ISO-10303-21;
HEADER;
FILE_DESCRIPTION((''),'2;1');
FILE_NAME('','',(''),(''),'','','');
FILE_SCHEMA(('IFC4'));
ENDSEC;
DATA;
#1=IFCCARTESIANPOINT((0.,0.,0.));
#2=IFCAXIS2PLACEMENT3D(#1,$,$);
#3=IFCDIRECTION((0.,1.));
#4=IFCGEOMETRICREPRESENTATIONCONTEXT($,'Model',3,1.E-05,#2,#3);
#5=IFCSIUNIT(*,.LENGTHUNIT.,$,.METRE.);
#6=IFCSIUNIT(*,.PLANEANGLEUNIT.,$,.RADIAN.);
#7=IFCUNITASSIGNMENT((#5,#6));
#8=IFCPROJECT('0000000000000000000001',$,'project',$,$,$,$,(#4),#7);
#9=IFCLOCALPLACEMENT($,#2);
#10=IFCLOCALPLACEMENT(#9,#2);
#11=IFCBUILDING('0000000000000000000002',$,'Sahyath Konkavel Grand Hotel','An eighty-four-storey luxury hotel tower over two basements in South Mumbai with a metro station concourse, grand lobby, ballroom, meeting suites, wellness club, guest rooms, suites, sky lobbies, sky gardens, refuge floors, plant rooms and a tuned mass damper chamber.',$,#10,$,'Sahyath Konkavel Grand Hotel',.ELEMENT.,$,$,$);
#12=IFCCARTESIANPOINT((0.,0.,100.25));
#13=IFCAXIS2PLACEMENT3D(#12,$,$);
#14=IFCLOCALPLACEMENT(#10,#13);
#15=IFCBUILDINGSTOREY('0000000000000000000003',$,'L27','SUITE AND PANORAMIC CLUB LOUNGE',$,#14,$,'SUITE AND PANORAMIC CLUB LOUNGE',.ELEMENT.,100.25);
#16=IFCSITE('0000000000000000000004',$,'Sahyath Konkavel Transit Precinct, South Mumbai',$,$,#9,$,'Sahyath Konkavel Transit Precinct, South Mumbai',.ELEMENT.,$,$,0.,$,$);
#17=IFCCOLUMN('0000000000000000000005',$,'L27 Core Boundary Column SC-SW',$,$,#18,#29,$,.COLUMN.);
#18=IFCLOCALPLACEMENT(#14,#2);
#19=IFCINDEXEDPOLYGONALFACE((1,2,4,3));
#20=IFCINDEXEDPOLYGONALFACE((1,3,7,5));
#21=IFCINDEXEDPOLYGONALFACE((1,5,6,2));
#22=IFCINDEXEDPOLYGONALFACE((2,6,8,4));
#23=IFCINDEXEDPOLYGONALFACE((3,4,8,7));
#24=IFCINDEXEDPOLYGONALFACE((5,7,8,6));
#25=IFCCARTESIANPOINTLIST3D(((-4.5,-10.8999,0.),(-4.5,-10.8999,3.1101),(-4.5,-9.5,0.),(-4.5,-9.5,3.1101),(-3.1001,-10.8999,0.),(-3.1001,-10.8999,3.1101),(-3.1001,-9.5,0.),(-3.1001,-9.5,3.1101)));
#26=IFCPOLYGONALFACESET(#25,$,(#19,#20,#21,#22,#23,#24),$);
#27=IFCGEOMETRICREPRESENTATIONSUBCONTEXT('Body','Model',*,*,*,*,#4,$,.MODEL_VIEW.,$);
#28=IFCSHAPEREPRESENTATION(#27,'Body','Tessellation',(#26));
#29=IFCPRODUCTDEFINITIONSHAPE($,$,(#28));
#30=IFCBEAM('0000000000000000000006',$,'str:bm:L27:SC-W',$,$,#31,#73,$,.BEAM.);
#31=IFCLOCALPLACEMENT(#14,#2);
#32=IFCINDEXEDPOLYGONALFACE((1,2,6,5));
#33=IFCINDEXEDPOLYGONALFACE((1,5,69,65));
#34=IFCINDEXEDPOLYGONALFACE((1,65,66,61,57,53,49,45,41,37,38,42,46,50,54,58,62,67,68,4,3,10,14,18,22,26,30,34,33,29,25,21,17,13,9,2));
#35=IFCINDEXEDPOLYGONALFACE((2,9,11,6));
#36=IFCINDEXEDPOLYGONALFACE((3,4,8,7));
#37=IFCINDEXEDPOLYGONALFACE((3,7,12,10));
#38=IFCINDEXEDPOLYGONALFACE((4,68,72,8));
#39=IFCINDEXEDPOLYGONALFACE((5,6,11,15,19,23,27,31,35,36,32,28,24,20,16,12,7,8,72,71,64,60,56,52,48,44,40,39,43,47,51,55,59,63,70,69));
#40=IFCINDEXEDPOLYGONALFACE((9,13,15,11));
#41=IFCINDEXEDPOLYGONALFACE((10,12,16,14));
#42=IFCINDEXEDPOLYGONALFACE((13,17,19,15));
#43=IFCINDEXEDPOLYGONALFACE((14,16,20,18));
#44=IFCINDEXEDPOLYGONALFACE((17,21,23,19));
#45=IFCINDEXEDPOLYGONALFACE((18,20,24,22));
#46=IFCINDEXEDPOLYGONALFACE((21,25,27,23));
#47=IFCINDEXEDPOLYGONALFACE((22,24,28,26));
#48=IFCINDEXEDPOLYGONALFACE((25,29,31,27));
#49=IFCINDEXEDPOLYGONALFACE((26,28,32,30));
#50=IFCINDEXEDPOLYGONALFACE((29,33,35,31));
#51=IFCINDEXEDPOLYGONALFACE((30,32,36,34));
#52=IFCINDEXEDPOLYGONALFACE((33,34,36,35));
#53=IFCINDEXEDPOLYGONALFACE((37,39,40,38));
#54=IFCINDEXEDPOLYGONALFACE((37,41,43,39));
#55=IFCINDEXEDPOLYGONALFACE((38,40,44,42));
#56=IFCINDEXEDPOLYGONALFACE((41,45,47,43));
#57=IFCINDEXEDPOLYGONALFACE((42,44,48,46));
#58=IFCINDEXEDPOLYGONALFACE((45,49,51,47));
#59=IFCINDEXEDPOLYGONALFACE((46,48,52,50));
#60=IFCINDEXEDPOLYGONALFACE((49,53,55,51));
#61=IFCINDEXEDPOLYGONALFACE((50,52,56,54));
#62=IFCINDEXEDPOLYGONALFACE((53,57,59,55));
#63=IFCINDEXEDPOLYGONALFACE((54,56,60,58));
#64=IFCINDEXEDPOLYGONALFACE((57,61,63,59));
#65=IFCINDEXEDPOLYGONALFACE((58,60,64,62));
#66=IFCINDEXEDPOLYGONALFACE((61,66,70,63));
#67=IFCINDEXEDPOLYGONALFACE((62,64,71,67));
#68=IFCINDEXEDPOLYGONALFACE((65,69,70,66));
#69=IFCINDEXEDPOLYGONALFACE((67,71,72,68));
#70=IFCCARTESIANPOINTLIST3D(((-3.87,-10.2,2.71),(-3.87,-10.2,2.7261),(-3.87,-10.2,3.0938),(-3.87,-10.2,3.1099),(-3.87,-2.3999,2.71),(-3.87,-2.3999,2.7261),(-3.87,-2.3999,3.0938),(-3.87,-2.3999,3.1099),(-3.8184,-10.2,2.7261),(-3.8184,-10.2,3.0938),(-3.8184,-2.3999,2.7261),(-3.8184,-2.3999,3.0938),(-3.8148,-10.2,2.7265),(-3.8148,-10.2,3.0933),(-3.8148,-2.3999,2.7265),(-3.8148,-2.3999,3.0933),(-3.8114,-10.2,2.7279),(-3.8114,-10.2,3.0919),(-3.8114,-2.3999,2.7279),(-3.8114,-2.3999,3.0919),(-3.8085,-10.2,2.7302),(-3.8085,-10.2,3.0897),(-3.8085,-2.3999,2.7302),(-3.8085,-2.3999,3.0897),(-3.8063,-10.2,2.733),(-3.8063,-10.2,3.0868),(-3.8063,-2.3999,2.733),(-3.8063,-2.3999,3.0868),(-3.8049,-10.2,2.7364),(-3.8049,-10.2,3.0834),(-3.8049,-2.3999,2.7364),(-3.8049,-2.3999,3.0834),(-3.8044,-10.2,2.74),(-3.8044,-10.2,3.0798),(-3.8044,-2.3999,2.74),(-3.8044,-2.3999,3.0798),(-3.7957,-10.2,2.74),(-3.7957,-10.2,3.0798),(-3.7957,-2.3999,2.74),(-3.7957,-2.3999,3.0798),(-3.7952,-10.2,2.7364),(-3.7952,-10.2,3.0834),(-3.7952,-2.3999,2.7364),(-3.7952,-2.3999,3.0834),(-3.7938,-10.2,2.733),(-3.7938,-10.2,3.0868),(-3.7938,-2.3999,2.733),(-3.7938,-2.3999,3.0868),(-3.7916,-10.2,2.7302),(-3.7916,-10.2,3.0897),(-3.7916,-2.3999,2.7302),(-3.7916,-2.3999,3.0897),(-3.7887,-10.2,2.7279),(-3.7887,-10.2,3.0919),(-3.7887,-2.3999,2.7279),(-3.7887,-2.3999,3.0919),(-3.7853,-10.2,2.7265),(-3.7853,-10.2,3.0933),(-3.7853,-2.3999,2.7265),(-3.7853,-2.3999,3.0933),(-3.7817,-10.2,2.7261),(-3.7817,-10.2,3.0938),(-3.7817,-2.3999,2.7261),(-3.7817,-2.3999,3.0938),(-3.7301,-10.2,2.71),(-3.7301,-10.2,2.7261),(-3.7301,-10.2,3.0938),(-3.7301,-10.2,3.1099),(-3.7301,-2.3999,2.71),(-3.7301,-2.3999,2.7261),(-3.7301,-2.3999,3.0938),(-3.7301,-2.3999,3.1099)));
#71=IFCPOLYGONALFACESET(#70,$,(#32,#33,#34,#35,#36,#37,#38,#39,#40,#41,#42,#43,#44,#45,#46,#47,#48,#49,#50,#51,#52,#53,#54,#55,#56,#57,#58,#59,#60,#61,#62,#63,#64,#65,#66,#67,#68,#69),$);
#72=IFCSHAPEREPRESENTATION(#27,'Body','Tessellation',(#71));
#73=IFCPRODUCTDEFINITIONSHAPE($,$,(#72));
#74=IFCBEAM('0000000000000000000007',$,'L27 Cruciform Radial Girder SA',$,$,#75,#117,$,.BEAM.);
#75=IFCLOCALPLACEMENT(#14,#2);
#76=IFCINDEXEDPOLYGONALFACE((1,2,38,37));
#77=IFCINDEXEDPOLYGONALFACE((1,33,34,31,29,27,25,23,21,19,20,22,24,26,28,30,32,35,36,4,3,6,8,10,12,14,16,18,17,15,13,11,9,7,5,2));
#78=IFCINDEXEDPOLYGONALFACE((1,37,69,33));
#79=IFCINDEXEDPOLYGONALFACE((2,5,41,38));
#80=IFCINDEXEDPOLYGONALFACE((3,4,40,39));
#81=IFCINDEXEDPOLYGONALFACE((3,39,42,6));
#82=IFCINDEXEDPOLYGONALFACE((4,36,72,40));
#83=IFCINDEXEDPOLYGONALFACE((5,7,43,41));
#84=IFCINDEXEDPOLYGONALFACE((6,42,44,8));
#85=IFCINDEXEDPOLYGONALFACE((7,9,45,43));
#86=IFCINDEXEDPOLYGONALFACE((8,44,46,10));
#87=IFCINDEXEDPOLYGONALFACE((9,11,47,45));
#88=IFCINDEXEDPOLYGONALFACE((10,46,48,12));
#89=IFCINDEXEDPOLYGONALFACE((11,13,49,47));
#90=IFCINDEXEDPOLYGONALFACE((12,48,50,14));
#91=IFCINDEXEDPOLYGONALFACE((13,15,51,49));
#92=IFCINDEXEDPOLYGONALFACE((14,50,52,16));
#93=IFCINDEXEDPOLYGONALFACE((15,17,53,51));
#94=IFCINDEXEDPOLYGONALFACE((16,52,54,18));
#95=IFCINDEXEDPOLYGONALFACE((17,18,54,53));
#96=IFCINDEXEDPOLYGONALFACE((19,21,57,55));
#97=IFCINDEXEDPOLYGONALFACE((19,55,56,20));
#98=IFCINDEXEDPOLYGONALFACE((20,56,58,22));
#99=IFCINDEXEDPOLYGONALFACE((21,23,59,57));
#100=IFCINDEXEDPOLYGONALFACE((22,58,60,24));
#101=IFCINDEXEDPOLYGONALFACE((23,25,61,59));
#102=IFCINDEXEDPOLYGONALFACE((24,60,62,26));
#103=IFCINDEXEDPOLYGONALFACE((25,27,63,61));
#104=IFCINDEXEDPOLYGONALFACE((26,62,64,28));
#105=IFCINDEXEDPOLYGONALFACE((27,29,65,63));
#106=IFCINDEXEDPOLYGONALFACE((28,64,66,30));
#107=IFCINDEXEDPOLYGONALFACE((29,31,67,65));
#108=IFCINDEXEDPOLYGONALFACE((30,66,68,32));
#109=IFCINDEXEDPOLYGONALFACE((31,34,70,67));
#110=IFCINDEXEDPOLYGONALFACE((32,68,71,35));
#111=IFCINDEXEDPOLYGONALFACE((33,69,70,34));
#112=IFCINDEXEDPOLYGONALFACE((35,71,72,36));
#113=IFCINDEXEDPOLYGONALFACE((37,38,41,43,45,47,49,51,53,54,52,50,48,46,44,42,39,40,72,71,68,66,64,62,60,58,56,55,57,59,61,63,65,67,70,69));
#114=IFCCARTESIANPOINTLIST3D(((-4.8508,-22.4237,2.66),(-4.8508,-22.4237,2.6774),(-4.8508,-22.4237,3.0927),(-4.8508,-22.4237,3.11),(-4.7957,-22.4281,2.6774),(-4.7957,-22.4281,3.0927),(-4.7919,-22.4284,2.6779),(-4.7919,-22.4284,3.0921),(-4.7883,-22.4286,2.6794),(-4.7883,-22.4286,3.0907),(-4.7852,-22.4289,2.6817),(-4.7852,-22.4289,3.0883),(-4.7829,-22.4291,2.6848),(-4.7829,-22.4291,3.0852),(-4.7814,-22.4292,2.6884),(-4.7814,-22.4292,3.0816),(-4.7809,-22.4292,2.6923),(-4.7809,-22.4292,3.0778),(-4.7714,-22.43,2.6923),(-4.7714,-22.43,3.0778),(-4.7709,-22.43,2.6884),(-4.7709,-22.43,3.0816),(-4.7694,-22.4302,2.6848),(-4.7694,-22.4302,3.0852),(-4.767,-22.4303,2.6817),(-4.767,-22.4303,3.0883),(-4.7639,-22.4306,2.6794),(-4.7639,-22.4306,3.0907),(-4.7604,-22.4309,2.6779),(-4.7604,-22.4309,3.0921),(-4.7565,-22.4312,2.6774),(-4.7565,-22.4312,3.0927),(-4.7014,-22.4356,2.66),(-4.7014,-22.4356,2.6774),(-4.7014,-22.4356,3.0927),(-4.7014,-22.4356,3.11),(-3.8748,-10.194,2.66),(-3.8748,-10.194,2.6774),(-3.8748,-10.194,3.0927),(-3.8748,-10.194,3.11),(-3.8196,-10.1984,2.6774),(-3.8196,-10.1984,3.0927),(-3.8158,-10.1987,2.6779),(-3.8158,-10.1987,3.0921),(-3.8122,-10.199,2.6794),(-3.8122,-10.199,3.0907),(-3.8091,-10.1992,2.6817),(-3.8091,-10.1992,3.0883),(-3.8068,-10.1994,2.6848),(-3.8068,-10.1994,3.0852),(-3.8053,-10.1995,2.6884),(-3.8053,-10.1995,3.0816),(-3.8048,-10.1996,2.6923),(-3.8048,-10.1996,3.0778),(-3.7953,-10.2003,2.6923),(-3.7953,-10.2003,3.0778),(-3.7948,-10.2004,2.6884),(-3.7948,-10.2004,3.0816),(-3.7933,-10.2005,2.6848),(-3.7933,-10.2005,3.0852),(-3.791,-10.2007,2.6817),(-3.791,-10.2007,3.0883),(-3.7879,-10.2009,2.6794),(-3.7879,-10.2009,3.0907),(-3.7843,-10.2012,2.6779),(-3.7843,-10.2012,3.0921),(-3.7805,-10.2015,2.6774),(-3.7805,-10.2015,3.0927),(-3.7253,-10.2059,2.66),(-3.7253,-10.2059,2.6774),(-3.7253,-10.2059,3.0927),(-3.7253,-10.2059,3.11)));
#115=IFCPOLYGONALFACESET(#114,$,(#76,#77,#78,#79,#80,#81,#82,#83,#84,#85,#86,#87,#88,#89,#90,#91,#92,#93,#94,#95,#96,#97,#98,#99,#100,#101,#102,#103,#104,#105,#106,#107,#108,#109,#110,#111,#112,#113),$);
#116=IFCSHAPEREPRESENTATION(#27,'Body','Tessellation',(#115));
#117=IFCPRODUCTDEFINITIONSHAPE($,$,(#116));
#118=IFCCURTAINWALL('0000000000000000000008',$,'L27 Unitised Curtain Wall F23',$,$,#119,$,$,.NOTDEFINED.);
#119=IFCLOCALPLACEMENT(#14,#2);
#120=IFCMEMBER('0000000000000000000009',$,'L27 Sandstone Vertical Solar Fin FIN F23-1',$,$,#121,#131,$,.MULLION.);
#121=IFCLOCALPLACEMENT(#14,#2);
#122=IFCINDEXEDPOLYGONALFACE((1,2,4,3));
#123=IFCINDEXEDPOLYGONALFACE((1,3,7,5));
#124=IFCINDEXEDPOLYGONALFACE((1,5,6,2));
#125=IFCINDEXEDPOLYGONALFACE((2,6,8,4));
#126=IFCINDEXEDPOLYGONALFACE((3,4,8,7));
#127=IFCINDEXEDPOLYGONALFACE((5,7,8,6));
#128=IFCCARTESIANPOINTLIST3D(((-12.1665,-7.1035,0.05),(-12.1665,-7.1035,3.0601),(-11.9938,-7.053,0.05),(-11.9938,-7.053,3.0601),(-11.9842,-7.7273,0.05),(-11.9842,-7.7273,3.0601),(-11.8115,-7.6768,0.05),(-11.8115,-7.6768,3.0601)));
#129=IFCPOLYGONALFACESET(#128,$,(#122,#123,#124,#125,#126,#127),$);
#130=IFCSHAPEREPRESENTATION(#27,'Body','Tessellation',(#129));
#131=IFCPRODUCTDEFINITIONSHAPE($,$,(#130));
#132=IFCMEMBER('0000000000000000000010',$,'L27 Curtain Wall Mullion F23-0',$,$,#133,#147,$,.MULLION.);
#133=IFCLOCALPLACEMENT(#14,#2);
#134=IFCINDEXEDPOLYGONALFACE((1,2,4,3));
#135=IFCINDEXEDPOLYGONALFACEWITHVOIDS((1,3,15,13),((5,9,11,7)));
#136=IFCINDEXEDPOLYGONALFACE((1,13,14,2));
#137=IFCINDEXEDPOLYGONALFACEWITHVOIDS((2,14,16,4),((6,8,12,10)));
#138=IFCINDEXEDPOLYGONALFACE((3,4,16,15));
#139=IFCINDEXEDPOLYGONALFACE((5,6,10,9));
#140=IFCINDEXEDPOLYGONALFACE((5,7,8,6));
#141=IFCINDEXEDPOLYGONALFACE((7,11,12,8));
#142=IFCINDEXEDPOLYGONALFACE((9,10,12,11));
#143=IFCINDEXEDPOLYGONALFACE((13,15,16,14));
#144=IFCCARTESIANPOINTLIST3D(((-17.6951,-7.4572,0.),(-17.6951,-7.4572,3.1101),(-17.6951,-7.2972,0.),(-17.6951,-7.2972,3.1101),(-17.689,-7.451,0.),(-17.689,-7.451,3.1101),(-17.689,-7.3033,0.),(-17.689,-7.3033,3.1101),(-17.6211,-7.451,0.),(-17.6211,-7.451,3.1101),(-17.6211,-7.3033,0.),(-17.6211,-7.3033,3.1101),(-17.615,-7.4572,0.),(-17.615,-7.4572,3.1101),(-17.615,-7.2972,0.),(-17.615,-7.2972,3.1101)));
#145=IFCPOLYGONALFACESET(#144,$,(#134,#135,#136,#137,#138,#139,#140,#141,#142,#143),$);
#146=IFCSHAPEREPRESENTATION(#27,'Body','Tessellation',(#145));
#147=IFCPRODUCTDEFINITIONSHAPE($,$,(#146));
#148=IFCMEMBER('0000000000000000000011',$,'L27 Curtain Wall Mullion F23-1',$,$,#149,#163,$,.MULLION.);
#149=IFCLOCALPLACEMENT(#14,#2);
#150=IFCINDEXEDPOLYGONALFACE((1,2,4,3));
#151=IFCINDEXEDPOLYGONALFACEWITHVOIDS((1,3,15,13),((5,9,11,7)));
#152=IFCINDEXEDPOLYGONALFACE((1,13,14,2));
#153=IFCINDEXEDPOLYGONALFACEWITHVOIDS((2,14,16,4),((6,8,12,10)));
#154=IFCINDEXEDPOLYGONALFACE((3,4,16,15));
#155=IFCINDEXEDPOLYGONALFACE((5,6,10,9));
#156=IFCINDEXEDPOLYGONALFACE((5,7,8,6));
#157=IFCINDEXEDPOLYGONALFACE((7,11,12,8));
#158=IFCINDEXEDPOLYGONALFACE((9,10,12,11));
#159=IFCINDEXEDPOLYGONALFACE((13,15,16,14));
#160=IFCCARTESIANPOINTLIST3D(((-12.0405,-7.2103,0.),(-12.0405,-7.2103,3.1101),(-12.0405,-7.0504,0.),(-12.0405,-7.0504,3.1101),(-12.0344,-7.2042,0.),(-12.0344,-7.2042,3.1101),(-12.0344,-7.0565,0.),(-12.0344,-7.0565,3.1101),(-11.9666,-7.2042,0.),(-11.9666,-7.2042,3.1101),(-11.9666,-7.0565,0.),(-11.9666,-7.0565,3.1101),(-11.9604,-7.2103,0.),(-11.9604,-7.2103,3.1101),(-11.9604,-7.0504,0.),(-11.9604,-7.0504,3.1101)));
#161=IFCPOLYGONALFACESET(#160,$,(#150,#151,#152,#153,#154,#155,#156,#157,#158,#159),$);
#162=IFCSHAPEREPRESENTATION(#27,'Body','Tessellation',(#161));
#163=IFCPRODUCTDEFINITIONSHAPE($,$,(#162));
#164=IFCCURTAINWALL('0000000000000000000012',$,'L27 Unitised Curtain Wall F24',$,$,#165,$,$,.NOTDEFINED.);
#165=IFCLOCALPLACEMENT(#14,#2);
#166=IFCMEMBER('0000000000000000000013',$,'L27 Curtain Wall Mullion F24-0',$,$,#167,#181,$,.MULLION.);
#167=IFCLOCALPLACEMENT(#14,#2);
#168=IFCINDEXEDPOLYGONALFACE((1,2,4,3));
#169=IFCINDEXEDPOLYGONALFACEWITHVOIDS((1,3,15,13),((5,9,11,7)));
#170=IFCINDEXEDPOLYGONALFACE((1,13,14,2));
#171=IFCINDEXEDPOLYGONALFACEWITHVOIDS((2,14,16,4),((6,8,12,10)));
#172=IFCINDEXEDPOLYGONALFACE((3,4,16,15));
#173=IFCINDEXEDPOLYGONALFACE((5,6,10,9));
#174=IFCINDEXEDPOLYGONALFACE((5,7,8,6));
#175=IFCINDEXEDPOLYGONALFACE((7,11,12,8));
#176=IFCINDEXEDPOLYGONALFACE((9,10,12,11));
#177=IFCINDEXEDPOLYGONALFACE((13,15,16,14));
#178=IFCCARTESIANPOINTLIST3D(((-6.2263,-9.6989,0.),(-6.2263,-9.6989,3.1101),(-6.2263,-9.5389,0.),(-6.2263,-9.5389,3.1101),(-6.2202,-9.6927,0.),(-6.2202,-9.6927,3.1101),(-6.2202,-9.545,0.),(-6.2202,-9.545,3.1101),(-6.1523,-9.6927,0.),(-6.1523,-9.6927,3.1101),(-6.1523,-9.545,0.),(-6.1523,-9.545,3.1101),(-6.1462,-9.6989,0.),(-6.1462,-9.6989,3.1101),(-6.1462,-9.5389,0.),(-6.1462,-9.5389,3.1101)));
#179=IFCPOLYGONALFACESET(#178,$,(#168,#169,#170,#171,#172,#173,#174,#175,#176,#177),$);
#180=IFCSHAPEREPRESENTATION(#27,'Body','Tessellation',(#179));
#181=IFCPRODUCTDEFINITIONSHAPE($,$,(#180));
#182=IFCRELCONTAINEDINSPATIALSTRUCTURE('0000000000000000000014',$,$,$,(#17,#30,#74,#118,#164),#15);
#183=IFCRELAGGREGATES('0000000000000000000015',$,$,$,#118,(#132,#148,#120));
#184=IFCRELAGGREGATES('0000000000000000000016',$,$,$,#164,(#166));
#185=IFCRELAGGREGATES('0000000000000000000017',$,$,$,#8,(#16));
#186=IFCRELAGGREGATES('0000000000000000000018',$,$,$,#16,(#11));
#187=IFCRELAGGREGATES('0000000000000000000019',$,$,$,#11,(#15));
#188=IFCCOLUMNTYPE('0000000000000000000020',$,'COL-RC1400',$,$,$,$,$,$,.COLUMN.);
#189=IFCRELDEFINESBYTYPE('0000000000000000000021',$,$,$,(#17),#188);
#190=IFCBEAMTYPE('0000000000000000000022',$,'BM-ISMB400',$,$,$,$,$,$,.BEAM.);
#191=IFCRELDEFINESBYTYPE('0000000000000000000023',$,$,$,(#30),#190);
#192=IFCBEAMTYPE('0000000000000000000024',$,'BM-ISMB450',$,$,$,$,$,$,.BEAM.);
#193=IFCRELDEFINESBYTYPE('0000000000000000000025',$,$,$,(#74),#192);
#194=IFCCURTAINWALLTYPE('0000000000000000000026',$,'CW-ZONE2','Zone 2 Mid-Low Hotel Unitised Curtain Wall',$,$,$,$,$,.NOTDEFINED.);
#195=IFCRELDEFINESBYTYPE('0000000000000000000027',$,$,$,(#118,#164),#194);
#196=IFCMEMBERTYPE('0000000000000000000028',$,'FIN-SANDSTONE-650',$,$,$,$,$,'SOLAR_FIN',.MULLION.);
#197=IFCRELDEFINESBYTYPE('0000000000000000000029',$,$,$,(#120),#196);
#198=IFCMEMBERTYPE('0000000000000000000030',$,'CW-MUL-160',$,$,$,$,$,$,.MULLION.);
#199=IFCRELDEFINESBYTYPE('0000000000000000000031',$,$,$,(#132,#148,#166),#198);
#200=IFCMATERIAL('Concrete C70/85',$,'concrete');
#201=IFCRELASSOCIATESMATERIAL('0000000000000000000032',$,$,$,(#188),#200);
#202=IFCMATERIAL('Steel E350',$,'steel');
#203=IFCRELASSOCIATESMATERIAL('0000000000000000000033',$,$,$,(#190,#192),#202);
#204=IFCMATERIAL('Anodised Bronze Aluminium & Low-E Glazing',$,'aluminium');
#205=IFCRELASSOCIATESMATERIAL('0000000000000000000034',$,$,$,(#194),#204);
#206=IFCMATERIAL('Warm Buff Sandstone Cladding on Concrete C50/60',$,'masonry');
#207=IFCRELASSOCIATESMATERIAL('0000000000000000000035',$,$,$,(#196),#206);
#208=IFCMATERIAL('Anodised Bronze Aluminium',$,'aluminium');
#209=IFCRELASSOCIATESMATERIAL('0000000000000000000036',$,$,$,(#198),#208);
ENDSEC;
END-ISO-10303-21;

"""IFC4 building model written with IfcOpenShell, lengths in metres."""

from ifc_helpers import new_model, si_unit, direction, frame, origin, origin_2d, place, context, subcontext, project, spatial, rectangle, hollow_rectangle, i_section, extrude, source, transform, mapped, material, material_profile, profile_set, type_object, element, aggregate, save


model = new_model("IFC4")

# Units and contexts
model_context = context("Model", 3, precision=1e-05, world=origin(), true_north=direction((0.0, 1.0)))
body_context = subcontext(model_context, "Body", "Model", "MODEL_VIEW")
ifc_project = project(units=[si_unit("LENGTHUNIT", "METRE"), si_unit("PLANEANGLEUNIT", "RADIAN")], contexts=[model_context])

# Site, building, storey
site_placement = place(None, origin())
site = spatial("IfcSite", under=ifc_project, at=site_placement, Name="Sahyath Konkavel Transit Precinct, South Mumbai", LongName="Sahyath Konkavel Transit Precinct, South Mumbai", CompositionType="ELEMENT", RefElevation=0.0)
building_placement = place(site_placement, origin())
building = spatial("IfcBuilding", under=site, at=building_placement, Name="Sahyath Konkavel Grand Hotel", Description="An eighty-four-storey luxury hotel tower over two basements in South Mumbai with a metro station concourse, grand lobby, ballroom, meeting suites, wellness club, guest rooms, suites, sky lobbies, sky gardens, refuge floors, plant rooms and a tuned mass damper chamber.", LongName="Sahyath Konkavel Grand Hotel", CompositionType="ELEMENT")
storey_placement = place(building_placement, frame((0.0, 0.0, 100.25)))
storey = spatial("IfcBuildingStorey", under=building, at=storey_placement, Name="L27", Description="SUITE AND PANORAMIC CLUB LOUNGE", LongName="SUITE AND PANORAMIC CLUB LOUNGE", CompositionType="ELEMENT", Elevation=100.25)

# Column
ifc_material_1 = material(Name="Concrete C70/85", Category="concrete")
ifc_material_profile_1 = material_profile(ifc_material_1, rectangle(XDim=1.3999, YDim=1.3999, at=origin_2d()), Name="RC 1400x1400")
ifc_profile_set_1 = profile_set([ifc_material_profile_1], Name="Concrete C70/85")
column_type = type_object("IfcColumnType", Name="COL-RC1400", PredefinedType="COLUMN", material=ifc_profile_set_1)
shared_shape_1 = source(origin(), body_context, "Body", "SweptSolid", [
    extrude(rectangle(XDim=1.3999, YDim=1.3999, at=origin_2d()), origin(), (0.0, 0.0, 1.0), 3.1101),
])
column_placement = place(storey_placement, frame((-3.8, -10.2, 0.0), z_axis=(0.0, 0.0, 1.0), x_axis=(1.0, 0.0, 0.0)))
element("IfcColumn", 1, at=column_placement, inside=storey, type_object=column_type, Name="L27 Core Boundary Column SC-SW", PredefinedType="COLUMN", context=body_context, shape_type="MappedRepresentation", body=[
    mapped(shared_shape_1, transform((0.0, 0.0, 0.0), scale=1.0)),
])

# Beams
ifc_material_2 = material(Name="Steel E350", Category="steel")
ifc_material_profile_2 = material_profile(ifc_material_2, i_section(OverallWidth=0.1399, OverallDepth=0.3999, WebThickness=0.0088, FlangeThickness=0.0161, FilletRadius=0.0139, at=origin_2d()), Name="ISMB 400")
ifc_profile_set_2 = profile_set([ifc_material_profile_2], Name="Steel E350")
beam_type_1 = type_object("IfcBeamType", Name="BM-ISMB400", PredefinedType="BEAM", material=ifc_profile_set_2)
shared_shape_2 = source(origin(), body_context, "Body", "SweptSolid", [
    extrude(i_section(OverallWidth=0.1399, OverallDepth=0.3999, WebThickness=0.0088, FlangeThickness=0.0161, FilletRadius=0.0139, at=origin_2d()), origin(), (0.0, 0.0, 1.0), 7.8),
])
beam_1_placement = place(storey_placement, frame((-3.8, -10.2, 2.9099), z_axis=(0.0, 1.0, 0.0), x_axis=(-1.0, 0.0, 0.0)))
element("IfcBeam", 2, at=beam_1_placement, inside=storey, type_object=beam_type_1, Name="str:bm:L27:SC-W", PredefinedType="BEAM", context=body_context, shape_type="MappedRepresentation", body=[
    mapped(shared_shape_2, transform((0.0, 0.0, 0.0), scale=1.0)),
])
ifc_material_profile_3 = material_profile(ifc_material_2, i_section(OverallWidth=0.1499, OverallDepth=0.45, WebThickness=0.0095, FlangeThickness=0.0173, FilletRadius=0.0149, at=origin_2d()), Name="ISMB 450")
ifc_profile_set_3 = profile_set([ifc_material_profile_3], Name="Steel E350")
beam_type_2 = type_object("IfcBeamType", Name="BM-ISMB450", PredefinedType="BEAM", material=ifc_profile_set_3)
shared_shape_3 = source(origin(), body_context, "Body", "SweptSolid", [
    extrude(i_section(OverallWidth=0.1499, OverallDepth=0.45, WebThickness=0.0095, FlangeThickness=0.0173, FilletRadius=0.0149, at=origin_2d()), origin(), (0.0, 0.0, 1.0), 12.2686),
])
beam_2_placement = place(storey_placement, frame((-3.8, -10.2, 2.885), z_axis=(-0.079559, -0.99683, 0.0), x_axis=(0.99683, -0.079559, 0.0)))
element("IfcBeam", 3, at=beam_2_placement, inside=storey, type_object=beam_type_2, Name="L27 Cruciform Radial Girder SA", PredefinedType="BEAM", context=body_context, shape_type="MappedRepresentation", body=[
    mapped(shared_shape_3, transform((0.0, 0.0, 0.0), scale=1.0)),
])

# Curtain wall, members
ifc_material_3 = material(Name="Anodised Bronze Aluminium & Low-E Glazing", Category="aluminium")
curtain_wall_type = type_object("IfcCurtainWallType", Name="CW-ZONE2", Description="Zone 2 Mid-Low Hotel Unitised Curtain Wall", PredefinedType="NOTDEFINED", material=ifc_material_3)
curtain_wall_1_placement = place(storey_placement, origin())
curtain_wall_1 = element("IfcCurtainWall", 4, at=curtain_wall_1_placement, inside=storey, type_object=curtain_wall_type, Name="L27 Unitised Curtain Wall F23", PredefinedType="NOTDEFINED")
ifc_material_4 = material(Name="Warm Buff Sandstone Cladding on Concrete C50/60", Category="masonry")
ifc_material_profile_4 = material_profile(ifc_material_4, rectangle(XDim=0.1799, YDim=0.6499, at=origin_2d()), Name="FIN 180x650")
ifc_profile_set_4 = profile_set([ifc_material_profile_4], Name="Warm Buff Sandstone Cladding on Concrete C50/60")
member_type_1 = type_object("IfcMemberType", Name="FIN-SANDSTONE-650", ElementType="SOLAR_FIN", PredefinedType="MULLION", material=ifc_profile_set_4)
shared_shape_4 = source(origin(), body_context, "Body", "SweptSolid", [
    extrude(rectangle(XDim=0.1799, YDim=0.6499, at=origin_2d()), origin(), (0.0, 0.0, 1.0), 3.01),
])
member_1_placement = place(storey_placement, frame((-11.989, -7.3901, 0.05), z_axis=(0.0, 0.0, 1.0), x_axis=(0.959854, 0.280499, 0.0)))
member_1 = element("IfcMember", 5, at=member_1_placement, type_object=member_type_1, Name="L27 Sandstone Vertical Solar Fin FIN F23-1", PredefinedType="MULLION", context=body_context, shape_type="MappedRepresentation", body=[
    mapped(shared_shape_4, transform((0.0, 0.0, 0.0), scale=1.0)),
])
ifc_material_5 = material(Name="Anodised Bronze Aluminium", Category="aluminium")
ifc_material_profile_5 = material_profile(ifc_material_5, hollow_rectangle(XDim=0.0801, YDim=0.1599, WallThickness=0.0061, at=origin_2d()), Name="RHS 160x80x6")
ifc_profile_set_5 = profile_set([ifc_material_profile_5], Name="Anodised Bronze Aluminium")
member_type_2 = type_object("IfcMemberType", Name="CW-MUL-160", PredefinedType="MULLION", material=ifc_profile_set_5)
shared_shape_5 = source(origin(), body_context, "Body", "SweptSolid", [
    extrude(hollow_rectangle(XDim=0.0801, YDim=0.1599, WallThickness=0.0061, at=origin_2d()), origin(), (0.0, 0.0, 1.0), 3.1101),
])
member_2_placement = place(storey_placement, frame((-17.655, -7.3772, 0.0), z_axis=(0.0, 0.0, 1.0), x_axis=(1.0, 0.0, 0.0)))
member_2 = element("IfcMember", 6, at=member_2_placement, type_object=member_type_2, Name="L27 Curtain Wall Mullion F23-0", PredefinedType="MULLION", context=body_context, shape_type="MappedRepresentation", body=[
    mapped(shared_shape_5, transform((0.0, 0.0, 0.0), scale=1.0)),
])
member_3_placement = place(storey_placement, frame((-12.0005, -7.1304, 0.0), z_axis=(0.0, 0.0, 1.0), x_axis=(1.0, 0.0, 0.0)))
member_3 = element("IfcMember", 7, at=member_3_placement, type_object=member_type_2, Name="L27 Curtain Wall Mullion F23-1", PredefinedType="MULLION", context=body_context, shape_type="MappedRepresentation", body=[
    mapped(shared_shape_5, transform((0.0, 0.0, 0.0), scale=1.0)),
])

# Curtain wall, member
curtain_wall_2_placement = place(storey_placement, origin())
curtain_wall_2 = element("IfcCurtainWall", 8, at=curtain_wall_2_placement, inside=storey, type_object=curtain_wall_type, Name="L27 Unitised Curtain Wall F24", PredefinedType="NOTDEFINED")
member_4_placement = place(storey_placement, frame((-6.1863, -9.6189, 0.0), z_axis=(0.0, 0.0, 1.0), x_axis=(1.0, 0.0, 0.0)))
member_4 = element("IfcMember", 9, at=member_4_placement, type_object=member_type_2, Name="L27 Curtain Wall Mullion F24-0", PredefinedType="MULLION", context=body_context, shape_type="MappedRepresentation", body=[
    mapped(shared_shape_5, transform((0.0, 0.0, 0.0), scale=1.0)),
])

aggregate(curtain_wall_1, [member_2, member_3, member_1])
aggregate(curtain_wall_2, [member_4])

save(model, "model.ifc")
